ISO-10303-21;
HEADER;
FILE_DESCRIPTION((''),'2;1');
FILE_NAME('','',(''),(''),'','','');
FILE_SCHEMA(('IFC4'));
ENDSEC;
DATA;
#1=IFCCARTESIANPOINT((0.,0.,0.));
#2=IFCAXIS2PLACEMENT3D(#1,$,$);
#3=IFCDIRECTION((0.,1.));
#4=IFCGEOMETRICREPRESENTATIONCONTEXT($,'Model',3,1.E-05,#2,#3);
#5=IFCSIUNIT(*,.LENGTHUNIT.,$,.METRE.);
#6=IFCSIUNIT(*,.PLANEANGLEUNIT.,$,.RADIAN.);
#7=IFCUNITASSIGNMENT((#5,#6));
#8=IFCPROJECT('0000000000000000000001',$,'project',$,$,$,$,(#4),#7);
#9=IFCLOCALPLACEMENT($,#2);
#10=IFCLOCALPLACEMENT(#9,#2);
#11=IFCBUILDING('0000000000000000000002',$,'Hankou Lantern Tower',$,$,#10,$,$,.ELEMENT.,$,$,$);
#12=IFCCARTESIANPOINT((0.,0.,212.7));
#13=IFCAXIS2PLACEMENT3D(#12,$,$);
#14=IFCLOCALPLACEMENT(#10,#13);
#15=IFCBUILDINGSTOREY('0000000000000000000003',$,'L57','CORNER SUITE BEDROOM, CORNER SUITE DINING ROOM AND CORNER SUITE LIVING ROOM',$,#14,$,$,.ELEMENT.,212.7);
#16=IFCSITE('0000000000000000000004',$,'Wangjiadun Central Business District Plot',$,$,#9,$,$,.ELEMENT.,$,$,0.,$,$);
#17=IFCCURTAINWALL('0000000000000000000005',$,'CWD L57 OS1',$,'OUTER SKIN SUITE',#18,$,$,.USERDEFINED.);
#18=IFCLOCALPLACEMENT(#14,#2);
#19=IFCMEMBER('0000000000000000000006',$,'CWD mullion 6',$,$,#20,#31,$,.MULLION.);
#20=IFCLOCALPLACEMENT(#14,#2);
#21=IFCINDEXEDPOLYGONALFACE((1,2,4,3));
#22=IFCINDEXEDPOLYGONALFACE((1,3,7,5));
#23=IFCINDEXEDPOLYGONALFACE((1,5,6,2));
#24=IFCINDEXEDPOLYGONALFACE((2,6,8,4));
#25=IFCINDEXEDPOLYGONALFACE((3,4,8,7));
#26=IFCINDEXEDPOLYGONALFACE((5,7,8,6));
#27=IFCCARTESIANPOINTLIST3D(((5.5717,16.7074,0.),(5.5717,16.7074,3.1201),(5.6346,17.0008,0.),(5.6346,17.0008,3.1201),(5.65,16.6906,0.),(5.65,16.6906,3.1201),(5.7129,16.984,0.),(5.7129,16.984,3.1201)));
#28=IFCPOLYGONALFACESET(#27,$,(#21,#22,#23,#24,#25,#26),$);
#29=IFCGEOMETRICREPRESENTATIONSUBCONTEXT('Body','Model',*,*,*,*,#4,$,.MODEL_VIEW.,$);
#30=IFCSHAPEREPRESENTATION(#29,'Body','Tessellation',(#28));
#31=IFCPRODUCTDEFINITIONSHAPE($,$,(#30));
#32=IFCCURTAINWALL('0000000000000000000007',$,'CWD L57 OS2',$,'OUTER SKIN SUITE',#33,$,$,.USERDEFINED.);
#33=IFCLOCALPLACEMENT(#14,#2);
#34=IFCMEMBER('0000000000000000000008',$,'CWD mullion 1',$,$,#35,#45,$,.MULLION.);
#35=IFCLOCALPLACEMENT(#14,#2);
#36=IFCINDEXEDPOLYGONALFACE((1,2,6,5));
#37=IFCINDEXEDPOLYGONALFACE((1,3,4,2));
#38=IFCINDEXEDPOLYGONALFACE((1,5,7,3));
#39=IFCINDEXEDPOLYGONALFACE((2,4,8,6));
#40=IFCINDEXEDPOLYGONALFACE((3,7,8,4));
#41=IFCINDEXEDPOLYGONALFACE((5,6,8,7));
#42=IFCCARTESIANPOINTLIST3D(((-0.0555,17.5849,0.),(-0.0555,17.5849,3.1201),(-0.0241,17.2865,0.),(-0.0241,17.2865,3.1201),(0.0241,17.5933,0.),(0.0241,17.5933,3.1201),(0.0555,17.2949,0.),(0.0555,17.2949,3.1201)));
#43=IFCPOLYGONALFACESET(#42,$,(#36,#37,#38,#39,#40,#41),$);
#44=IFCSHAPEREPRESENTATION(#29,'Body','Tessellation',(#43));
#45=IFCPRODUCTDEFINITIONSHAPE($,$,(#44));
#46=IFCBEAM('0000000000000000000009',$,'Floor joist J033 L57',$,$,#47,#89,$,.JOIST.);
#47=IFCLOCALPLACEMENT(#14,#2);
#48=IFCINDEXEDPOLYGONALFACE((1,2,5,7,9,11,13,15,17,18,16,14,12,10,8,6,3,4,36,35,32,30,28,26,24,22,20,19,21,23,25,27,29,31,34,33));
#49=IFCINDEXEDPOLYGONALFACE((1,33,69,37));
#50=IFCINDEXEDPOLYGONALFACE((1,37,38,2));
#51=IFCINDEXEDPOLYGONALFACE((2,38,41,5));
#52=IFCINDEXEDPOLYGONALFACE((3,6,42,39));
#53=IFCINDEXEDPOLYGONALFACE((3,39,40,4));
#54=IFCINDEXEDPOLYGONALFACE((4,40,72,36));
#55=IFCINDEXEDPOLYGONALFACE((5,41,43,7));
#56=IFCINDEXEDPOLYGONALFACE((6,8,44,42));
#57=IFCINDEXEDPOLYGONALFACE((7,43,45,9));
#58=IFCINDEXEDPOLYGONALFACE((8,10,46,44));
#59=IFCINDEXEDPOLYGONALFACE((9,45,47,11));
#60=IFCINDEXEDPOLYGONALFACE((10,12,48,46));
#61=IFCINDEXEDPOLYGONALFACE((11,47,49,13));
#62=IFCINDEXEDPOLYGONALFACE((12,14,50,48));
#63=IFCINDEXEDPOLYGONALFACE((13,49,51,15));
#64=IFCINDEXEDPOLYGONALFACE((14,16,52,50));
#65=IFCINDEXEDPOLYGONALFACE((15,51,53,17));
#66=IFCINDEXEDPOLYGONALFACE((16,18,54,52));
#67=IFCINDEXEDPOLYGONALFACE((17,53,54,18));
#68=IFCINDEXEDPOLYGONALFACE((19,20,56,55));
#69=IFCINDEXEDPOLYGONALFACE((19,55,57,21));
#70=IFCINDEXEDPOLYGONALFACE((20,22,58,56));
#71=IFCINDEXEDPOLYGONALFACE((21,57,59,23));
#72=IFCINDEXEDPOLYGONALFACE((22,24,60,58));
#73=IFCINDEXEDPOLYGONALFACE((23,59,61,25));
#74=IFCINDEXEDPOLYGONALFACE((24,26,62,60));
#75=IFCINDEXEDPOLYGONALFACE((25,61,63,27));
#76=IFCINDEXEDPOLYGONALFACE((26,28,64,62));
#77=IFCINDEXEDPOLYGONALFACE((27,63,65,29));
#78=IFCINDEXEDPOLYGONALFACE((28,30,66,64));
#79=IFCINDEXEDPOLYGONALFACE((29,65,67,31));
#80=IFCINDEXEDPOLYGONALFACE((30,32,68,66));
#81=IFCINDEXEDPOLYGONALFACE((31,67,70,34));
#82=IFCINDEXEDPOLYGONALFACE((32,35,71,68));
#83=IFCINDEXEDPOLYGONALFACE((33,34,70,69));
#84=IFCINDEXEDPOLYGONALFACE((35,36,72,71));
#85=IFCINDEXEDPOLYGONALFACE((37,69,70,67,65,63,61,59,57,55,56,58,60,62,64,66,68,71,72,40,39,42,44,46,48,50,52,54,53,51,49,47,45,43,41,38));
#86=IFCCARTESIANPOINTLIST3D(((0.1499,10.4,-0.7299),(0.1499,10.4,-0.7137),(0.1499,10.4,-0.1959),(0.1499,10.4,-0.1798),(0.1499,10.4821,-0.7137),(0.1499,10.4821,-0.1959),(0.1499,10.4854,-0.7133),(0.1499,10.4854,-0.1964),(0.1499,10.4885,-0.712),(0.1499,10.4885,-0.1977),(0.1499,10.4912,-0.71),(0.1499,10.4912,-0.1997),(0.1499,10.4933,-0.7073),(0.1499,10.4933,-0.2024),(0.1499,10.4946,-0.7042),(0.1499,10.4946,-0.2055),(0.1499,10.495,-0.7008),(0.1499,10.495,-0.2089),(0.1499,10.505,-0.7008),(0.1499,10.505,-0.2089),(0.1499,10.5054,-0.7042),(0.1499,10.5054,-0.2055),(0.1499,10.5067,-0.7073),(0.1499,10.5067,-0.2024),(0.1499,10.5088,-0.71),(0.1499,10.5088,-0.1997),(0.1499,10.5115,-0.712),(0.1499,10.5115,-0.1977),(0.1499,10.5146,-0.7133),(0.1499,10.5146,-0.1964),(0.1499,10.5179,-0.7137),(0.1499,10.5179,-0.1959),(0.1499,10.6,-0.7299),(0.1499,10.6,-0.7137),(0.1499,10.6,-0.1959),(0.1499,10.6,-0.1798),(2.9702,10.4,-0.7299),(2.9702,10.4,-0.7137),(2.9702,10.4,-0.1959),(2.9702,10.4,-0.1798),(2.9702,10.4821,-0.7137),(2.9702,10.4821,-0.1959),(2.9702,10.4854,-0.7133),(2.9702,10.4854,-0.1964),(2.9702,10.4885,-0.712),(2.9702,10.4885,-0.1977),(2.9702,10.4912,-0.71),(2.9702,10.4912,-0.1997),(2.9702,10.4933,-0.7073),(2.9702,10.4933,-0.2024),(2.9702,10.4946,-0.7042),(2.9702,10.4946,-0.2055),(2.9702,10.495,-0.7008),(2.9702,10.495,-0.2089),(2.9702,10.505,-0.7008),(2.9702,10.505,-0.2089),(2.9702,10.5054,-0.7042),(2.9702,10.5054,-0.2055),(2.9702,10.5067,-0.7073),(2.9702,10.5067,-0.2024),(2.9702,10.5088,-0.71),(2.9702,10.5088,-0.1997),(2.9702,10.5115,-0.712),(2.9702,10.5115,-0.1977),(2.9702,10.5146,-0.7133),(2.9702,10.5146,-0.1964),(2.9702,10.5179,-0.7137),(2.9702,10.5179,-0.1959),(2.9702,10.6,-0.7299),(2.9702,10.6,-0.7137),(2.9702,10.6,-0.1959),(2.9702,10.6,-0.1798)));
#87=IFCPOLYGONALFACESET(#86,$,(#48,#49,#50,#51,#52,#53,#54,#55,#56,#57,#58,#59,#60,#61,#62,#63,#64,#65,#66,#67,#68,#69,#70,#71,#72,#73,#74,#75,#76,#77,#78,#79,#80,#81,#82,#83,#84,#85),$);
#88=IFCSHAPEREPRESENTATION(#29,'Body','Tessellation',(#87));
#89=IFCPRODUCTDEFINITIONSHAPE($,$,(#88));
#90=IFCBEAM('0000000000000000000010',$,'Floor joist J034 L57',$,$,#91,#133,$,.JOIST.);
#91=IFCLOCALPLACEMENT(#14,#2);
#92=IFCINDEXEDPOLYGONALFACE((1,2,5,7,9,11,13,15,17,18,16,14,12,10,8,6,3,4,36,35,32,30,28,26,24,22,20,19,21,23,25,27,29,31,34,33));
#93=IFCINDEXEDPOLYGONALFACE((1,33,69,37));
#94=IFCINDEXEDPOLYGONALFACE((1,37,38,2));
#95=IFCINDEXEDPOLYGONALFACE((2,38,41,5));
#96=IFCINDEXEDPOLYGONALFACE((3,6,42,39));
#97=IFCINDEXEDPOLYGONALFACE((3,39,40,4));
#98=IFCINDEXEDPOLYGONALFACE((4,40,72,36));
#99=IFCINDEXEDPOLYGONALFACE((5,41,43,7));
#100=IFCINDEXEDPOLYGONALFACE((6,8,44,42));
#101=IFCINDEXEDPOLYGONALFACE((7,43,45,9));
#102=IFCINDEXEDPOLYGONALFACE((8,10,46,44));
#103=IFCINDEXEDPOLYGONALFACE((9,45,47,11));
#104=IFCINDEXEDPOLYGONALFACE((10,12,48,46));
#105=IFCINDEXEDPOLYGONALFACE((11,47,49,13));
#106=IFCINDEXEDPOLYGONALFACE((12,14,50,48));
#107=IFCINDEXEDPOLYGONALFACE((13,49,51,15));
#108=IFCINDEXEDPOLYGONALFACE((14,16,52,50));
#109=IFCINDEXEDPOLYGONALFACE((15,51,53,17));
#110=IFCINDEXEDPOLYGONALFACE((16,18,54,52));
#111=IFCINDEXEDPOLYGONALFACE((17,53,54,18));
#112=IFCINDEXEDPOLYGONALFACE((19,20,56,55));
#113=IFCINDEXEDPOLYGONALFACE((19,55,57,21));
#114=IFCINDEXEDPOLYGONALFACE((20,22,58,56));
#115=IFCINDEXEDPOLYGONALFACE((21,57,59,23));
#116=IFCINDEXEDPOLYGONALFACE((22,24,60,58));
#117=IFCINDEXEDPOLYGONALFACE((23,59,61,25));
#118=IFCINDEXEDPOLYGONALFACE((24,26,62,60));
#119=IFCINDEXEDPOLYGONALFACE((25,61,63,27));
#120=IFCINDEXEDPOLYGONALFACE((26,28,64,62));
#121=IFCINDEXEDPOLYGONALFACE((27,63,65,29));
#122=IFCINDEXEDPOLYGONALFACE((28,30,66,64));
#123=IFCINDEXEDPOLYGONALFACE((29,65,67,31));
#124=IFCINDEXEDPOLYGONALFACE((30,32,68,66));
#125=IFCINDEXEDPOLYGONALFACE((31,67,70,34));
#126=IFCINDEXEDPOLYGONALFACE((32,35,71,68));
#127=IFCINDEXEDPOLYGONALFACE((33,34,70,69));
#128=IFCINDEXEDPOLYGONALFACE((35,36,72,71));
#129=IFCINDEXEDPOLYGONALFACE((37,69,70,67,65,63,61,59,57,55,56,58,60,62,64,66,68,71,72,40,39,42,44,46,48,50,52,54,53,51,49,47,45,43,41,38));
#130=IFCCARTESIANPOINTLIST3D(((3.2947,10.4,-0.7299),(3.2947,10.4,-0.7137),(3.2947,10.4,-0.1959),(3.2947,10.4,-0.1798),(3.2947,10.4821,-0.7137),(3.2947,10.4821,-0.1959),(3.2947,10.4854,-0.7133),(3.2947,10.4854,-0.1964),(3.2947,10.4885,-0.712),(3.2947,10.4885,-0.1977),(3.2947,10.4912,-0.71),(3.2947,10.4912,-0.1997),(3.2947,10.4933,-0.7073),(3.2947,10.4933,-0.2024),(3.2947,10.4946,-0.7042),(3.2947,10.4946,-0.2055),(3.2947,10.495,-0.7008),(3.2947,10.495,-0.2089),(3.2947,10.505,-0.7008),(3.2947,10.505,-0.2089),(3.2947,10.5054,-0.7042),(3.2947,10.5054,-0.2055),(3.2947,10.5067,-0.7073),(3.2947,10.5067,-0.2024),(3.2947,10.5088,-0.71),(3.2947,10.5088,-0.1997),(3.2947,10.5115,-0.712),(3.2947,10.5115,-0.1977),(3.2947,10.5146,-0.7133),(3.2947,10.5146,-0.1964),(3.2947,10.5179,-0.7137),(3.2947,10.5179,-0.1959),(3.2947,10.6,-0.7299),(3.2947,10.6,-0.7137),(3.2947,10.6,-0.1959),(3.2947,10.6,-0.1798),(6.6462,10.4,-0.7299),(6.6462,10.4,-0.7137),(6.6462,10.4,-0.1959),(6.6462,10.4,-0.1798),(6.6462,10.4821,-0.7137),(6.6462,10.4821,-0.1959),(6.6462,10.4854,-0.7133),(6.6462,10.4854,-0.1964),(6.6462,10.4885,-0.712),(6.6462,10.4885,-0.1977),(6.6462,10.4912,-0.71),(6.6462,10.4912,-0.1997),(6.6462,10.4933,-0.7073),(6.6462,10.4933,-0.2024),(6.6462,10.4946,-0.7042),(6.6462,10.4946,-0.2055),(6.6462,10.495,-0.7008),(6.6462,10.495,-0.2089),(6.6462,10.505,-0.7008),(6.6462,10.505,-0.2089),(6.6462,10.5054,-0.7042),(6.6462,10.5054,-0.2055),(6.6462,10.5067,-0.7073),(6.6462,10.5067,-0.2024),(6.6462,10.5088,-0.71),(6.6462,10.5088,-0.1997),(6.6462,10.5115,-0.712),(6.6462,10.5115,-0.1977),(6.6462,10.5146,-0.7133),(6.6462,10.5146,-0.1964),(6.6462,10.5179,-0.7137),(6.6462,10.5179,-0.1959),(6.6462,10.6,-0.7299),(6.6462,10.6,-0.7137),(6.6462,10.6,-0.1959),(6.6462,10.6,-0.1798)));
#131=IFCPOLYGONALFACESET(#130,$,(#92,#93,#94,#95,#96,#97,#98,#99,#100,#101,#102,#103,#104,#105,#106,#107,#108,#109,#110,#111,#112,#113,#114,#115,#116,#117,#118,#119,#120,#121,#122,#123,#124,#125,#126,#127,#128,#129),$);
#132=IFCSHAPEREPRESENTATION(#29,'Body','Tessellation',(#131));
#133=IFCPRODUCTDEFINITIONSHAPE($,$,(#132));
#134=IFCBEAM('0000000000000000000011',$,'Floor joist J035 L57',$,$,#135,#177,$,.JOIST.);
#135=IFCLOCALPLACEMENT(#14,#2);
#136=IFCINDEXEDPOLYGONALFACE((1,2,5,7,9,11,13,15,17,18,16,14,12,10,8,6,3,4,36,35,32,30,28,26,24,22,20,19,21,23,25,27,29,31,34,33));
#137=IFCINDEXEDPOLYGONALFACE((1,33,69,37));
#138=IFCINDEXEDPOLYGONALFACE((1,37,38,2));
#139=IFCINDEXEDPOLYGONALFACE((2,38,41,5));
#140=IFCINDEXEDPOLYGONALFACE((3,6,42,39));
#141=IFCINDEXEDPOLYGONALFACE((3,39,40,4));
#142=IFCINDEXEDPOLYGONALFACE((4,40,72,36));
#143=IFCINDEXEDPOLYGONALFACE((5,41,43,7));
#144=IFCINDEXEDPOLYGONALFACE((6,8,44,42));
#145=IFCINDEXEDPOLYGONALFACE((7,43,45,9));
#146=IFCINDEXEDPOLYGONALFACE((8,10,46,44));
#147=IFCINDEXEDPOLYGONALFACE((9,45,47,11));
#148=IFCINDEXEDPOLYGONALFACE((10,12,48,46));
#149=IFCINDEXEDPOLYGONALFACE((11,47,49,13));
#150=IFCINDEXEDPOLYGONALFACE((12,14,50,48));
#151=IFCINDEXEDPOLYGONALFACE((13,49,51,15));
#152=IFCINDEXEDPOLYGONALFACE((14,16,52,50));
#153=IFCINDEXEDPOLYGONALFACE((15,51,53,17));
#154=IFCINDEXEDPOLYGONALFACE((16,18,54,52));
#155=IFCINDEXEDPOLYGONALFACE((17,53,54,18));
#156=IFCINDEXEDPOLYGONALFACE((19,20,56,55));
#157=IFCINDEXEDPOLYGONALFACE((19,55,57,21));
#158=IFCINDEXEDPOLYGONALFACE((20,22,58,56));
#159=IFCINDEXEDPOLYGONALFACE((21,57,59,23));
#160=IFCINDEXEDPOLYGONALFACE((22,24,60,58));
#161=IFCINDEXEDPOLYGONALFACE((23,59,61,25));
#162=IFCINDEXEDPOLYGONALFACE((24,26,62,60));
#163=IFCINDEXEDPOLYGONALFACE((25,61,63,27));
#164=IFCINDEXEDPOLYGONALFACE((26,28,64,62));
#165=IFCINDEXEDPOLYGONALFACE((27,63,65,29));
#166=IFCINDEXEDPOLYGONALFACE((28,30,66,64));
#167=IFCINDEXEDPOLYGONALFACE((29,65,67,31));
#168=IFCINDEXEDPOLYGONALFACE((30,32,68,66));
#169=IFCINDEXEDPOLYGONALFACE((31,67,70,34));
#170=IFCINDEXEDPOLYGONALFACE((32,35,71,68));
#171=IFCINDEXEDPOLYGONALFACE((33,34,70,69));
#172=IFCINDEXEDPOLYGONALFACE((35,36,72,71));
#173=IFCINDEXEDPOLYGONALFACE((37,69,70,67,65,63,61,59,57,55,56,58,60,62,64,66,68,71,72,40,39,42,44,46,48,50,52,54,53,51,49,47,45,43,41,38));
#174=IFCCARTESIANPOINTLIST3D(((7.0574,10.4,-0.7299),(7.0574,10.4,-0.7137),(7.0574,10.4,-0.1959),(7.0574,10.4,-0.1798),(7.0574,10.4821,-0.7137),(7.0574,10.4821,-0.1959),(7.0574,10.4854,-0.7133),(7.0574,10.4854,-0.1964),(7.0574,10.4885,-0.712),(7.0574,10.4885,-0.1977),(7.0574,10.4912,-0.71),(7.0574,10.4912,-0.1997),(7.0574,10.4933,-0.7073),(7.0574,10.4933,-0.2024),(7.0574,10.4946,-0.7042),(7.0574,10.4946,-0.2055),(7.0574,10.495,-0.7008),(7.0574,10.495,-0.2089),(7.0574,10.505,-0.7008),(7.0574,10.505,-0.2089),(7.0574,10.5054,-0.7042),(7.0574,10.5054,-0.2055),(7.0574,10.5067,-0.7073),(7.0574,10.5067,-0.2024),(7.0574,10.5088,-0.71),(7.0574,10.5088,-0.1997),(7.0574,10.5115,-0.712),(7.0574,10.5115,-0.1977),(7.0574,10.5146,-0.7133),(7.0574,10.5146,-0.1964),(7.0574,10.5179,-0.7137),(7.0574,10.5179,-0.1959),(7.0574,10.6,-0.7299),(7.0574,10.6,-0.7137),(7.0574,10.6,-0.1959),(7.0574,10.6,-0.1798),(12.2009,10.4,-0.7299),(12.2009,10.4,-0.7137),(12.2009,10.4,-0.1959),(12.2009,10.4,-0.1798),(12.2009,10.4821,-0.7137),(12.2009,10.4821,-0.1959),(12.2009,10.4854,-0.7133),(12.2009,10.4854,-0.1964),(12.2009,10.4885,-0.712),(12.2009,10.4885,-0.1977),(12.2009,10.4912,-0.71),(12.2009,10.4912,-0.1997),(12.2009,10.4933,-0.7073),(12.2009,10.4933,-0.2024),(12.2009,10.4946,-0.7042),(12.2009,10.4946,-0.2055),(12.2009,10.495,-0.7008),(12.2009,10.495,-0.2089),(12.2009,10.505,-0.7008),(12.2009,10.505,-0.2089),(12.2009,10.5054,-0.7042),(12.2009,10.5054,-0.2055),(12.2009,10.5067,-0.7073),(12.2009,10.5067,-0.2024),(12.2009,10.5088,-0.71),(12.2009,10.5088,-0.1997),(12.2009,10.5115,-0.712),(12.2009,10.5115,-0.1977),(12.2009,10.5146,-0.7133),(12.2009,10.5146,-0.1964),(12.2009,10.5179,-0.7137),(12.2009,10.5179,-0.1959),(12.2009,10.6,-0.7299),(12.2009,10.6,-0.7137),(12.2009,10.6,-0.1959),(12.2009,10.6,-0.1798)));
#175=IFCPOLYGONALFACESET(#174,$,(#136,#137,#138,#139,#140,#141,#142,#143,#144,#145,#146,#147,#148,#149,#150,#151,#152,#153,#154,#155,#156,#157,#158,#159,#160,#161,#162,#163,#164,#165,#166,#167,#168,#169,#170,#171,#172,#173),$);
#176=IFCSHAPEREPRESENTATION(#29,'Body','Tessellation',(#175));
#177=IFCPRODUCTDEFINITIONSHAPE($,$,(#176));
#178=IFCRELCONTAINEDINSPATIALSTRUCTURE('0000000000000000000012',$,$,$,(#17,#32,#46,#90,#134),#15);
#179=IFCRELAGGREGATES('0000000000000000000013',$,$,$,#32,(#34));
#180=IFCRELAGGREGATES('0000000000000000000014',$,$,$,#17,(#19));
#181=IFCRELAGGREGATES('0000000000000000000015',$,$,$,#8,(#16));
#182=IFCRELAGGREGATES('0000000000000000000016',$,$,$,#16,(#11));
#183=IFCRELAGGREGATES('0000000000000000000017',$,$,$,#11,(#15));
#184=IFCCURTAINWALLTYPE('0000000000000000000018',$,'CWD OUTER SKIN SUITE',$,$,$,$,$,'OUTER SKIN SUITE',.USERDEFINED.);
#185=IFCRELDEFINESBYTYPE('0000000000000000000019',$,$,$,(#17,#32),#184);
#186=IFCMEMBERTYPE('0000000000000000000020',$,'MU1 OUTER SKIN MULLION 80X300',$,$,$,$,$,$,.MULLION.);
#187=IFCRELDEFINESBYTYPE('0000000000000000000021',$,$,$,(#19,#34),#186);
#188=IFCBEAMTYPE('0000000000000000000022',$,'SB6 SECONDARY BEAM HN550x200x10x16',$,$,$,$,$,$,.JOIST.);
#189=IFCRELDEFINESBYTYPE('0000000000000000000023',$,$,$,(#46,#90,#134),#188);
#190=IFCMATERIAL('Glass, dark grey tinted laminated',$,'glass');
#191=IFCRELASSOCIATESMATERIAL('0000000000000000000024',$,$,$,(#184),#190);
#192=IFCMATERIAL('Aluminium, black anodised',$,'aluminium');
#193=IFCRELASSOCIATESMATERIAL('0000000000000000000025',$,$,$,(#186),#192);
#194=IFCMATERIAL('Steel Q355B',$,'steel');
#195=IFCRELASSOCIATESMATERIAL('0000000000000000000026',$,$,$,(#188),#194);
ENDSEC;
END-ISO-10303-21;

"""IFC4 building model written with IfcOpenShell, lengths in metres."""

from ifc_helpers import new_model, si_unit, direction, frame, origin, origin_2d, place, context, subcontext, project, spatial, rectangle, i_section, extrude, material, material_profile, profile_set, type_object, element, aggregate, save


model = new_model("IFC4")

# Units and contexts
model_context = context("Model", 3, precision=1e-05, world=origin(), true_north=direction((0.0, 1.0)))
body_context = subcontext(model_context, "Body", "Model", "MODEL_VIEW")
ifc_project = project(units=[si_unit("LENGTHUNIT", "METRE"), si_unit("PLANEANGLEUNIT", "RADIAN")], contexts=[model_context])

# Site, building, storey
site_placement = place(None, origin())
site = spatial("IfcSite", under=ifc_project, at=site_placement, Name="Wangjiadun Central Business District Plot", CompositionType="ELEMENT", RefElevation=0.0)
building_placement = place(site_placement, origin())
building = spatial("IfcBuilding", under=site, at=building_placement, Name="Hankou Lantern Tower", CompositionType="ELEMENT")
storey_placement = place(building_placement, frame((0.0, 0.0, 212.7)))
storey = spatial("IfcBuildingStorey", under=building, at=storey_placement, Name="L57", Description="CORNER SUITE BEDROOM, CORNER SUITE DINING ROOM AND CORNER SUITE LIVING ROOM", CompositionType="ELEMENT", Elevation=212.7)

# Curtain walls, members
ifc_material_1 = material(Name="Glass, dark grey tinted laminated", Category="glass")
curtain_wall_type = type_object("IfcCurtainWallType", Name="CWD OUTER SKIN SUITE", ElementType="OUTER SKIN SUITE", PredefinedType="USERDEFINED", material=ifc_material_1)
curtain_wall_1_placement = place(storey_placement, origin())
curtain_wall_1 = element("IfcCurtainWall", 1, at=curtain_wall_1_placement, inside=storey, type_object=curtain_wall_type, Name="CWD L57 OS1", ObjectType="OUTER SKIN SUITE", PredefinedType="USERDEFINED")
ifc_material_2 = material(Name="Aluminium, black anodised", Category="aluminium")
ifc_material_profile_1 = material_profile(ifc_material_2, rectangle(XDim=0.0801, YDim=0.3, at=origin_2d()), Name="MU1 80X300")
ifc_profile_set_1 = profile_set([ifc_material_profile_1], Name="Aluminium, black anodised")
member_type_1 = type_object("IfcMemberType", Name="MU1 OUTER SKIN MULLION 80X300", PredefinedType="MULLION", material=ifc_profile_set_1)
member_1_placement = place(storey_placement, frame((5.6423, 16.8457, 0.0), z_axis=(0.0, 0.0, 1.0), x_axis=(-0.977788, 0.209598, 0.0)))
member_1 = element("IfcMember", 2, at=member_1_placement, type_object=member_type_1, Name="CWD mullion 6", PredefinedType="MULLION", context=body_context, shape_type="SweptSolid", body=[
    extrude(rectangle(XDim=0.0801, YDim=0.3, at=origin_2d()), origin(), (0.0, 0.0, 1.0), 3.1201),
])
curtain_wall_2_placement = place(storey_placement, origin())
curtain_wall_2 = element("IfcCurtainWall", 3, at=curtain_wall_2_placement, inside=storey, type_object=curtain_wall_type, Name="CWD L57 OS2", ObjectType="OUTER SKIN SUITE", PredefinedType="USERDEFINED")
member_2_placement = place(storey_placement, frame((0.0, 17.4399, 0.0), z_axis=(0.0, 0.0, 1.0), x_axis=(-0.994499, -0.104743, 0.0)))
member_2 = element("IfcMember", 4, at=member_2_placement, type_object=member_type_1, Name="CWD mullion 1", PredefinedType="MULLION", context=body_context, shape_type="SweptSolid", body=[
    extrude(rectangle(XDim=0.0801, YDim=0.3, at=origin_2d()), origin(), (0.0, 0.0, 1.0), 3.1201),
])
aggregate(curtain_wall_2, [member_2])

# Beams
ifc_material_3 = material(Name="Steel Q355B", Category="steel")
ifc_material_profile_2 = material_profile(ifc_material_3, i_section(OverallWidth=0.2, OverallDepth=0.55, WebThickness=0.01, FlangeThickness=0.0161, FilletRadius=0.0129, at=origin_2d()), Name="HN550x200x10x16")
ifc_profile_set_2 = profile_set([ifc_material_profile_2], Name="Steel Q355B")
beam_type_1 = type_object("IfcBeamType", Name="SB6 SECONDARY BEAM HN550x200x10x16", PredefinedType="JOIST", material=ifc_profile_set_2)
beam_1_placement = place(storey_placement, frame((0.1499, 10.5, -0.4548), z_axis=(1.0, 0.0, 0.0), x_axis=(0.0, 1.0, 0.0)))
element("IfcBeam", 5, at=beam_1_placement, inside=storey, type_object=beam_type_1, Name="Floor joist J033 L57", PredefinedType="JOIST", context=body_context, shape_type="SweptSolid", body=[
    extrude(i_section(OverallWidth=0.2, OverallDepth=0.55, WebThickness=0.01, FlangeThickness=0.0161, FilletRadius=0.0129, at=origin_2d()), origin(), (0.0, 0.0, 1.0), 2.8203),
])
beam_2_placement = place(storey_placement, frame((3.2947, 10.5, -0.4548), z_axis=(1.0, 0.0, 0.0), x_axis=(0.0, 1.0, 0.0)))
element("IfcBeam", 6, at=beam_2_placement, inside=storey, type_object=beam_type_1, Name="Floor joist J034 L57", PredefinedType="JOIST", context=body_context, shape_type="SweptSolid", body=[
    extrude(i_section(OverallWidth=0.2, OverallDepth=0.55, WebThickness=0.01, FlangeThickness=0.0161, FilletRadius=0.0129, at=origin_2d()), origin(), (0.0, 0.0, 1.0), 3.3516),
])
beam_3_placement = place(storey_placement, frame((7.0574, 10.5, -0.4548), z_axis=(1.0, 0.0, 0.0), x_axis=(0.0, 1.0, 0.0)))
element("IfcBeam", 7, at=beam_3_placement, inside=storey, type_object=beam_type_1, Name="Floor joist J035 L57", PredefinedType="JOIST", context=body_context, shape_type="SweptSolid", body=[
    extrude(i_section(OverallWidth=0.2, OverallDepth=0.55, WebThickness=0.01, FlangeThickness=0.0161, FilletRadius=0.0129, at=origin_2d()), origin(), (0.0, 0.0, 1.0), 5.1436),
])

aggregate(curtain_wall_1, [member_1])

save(model, "model.ifc")
